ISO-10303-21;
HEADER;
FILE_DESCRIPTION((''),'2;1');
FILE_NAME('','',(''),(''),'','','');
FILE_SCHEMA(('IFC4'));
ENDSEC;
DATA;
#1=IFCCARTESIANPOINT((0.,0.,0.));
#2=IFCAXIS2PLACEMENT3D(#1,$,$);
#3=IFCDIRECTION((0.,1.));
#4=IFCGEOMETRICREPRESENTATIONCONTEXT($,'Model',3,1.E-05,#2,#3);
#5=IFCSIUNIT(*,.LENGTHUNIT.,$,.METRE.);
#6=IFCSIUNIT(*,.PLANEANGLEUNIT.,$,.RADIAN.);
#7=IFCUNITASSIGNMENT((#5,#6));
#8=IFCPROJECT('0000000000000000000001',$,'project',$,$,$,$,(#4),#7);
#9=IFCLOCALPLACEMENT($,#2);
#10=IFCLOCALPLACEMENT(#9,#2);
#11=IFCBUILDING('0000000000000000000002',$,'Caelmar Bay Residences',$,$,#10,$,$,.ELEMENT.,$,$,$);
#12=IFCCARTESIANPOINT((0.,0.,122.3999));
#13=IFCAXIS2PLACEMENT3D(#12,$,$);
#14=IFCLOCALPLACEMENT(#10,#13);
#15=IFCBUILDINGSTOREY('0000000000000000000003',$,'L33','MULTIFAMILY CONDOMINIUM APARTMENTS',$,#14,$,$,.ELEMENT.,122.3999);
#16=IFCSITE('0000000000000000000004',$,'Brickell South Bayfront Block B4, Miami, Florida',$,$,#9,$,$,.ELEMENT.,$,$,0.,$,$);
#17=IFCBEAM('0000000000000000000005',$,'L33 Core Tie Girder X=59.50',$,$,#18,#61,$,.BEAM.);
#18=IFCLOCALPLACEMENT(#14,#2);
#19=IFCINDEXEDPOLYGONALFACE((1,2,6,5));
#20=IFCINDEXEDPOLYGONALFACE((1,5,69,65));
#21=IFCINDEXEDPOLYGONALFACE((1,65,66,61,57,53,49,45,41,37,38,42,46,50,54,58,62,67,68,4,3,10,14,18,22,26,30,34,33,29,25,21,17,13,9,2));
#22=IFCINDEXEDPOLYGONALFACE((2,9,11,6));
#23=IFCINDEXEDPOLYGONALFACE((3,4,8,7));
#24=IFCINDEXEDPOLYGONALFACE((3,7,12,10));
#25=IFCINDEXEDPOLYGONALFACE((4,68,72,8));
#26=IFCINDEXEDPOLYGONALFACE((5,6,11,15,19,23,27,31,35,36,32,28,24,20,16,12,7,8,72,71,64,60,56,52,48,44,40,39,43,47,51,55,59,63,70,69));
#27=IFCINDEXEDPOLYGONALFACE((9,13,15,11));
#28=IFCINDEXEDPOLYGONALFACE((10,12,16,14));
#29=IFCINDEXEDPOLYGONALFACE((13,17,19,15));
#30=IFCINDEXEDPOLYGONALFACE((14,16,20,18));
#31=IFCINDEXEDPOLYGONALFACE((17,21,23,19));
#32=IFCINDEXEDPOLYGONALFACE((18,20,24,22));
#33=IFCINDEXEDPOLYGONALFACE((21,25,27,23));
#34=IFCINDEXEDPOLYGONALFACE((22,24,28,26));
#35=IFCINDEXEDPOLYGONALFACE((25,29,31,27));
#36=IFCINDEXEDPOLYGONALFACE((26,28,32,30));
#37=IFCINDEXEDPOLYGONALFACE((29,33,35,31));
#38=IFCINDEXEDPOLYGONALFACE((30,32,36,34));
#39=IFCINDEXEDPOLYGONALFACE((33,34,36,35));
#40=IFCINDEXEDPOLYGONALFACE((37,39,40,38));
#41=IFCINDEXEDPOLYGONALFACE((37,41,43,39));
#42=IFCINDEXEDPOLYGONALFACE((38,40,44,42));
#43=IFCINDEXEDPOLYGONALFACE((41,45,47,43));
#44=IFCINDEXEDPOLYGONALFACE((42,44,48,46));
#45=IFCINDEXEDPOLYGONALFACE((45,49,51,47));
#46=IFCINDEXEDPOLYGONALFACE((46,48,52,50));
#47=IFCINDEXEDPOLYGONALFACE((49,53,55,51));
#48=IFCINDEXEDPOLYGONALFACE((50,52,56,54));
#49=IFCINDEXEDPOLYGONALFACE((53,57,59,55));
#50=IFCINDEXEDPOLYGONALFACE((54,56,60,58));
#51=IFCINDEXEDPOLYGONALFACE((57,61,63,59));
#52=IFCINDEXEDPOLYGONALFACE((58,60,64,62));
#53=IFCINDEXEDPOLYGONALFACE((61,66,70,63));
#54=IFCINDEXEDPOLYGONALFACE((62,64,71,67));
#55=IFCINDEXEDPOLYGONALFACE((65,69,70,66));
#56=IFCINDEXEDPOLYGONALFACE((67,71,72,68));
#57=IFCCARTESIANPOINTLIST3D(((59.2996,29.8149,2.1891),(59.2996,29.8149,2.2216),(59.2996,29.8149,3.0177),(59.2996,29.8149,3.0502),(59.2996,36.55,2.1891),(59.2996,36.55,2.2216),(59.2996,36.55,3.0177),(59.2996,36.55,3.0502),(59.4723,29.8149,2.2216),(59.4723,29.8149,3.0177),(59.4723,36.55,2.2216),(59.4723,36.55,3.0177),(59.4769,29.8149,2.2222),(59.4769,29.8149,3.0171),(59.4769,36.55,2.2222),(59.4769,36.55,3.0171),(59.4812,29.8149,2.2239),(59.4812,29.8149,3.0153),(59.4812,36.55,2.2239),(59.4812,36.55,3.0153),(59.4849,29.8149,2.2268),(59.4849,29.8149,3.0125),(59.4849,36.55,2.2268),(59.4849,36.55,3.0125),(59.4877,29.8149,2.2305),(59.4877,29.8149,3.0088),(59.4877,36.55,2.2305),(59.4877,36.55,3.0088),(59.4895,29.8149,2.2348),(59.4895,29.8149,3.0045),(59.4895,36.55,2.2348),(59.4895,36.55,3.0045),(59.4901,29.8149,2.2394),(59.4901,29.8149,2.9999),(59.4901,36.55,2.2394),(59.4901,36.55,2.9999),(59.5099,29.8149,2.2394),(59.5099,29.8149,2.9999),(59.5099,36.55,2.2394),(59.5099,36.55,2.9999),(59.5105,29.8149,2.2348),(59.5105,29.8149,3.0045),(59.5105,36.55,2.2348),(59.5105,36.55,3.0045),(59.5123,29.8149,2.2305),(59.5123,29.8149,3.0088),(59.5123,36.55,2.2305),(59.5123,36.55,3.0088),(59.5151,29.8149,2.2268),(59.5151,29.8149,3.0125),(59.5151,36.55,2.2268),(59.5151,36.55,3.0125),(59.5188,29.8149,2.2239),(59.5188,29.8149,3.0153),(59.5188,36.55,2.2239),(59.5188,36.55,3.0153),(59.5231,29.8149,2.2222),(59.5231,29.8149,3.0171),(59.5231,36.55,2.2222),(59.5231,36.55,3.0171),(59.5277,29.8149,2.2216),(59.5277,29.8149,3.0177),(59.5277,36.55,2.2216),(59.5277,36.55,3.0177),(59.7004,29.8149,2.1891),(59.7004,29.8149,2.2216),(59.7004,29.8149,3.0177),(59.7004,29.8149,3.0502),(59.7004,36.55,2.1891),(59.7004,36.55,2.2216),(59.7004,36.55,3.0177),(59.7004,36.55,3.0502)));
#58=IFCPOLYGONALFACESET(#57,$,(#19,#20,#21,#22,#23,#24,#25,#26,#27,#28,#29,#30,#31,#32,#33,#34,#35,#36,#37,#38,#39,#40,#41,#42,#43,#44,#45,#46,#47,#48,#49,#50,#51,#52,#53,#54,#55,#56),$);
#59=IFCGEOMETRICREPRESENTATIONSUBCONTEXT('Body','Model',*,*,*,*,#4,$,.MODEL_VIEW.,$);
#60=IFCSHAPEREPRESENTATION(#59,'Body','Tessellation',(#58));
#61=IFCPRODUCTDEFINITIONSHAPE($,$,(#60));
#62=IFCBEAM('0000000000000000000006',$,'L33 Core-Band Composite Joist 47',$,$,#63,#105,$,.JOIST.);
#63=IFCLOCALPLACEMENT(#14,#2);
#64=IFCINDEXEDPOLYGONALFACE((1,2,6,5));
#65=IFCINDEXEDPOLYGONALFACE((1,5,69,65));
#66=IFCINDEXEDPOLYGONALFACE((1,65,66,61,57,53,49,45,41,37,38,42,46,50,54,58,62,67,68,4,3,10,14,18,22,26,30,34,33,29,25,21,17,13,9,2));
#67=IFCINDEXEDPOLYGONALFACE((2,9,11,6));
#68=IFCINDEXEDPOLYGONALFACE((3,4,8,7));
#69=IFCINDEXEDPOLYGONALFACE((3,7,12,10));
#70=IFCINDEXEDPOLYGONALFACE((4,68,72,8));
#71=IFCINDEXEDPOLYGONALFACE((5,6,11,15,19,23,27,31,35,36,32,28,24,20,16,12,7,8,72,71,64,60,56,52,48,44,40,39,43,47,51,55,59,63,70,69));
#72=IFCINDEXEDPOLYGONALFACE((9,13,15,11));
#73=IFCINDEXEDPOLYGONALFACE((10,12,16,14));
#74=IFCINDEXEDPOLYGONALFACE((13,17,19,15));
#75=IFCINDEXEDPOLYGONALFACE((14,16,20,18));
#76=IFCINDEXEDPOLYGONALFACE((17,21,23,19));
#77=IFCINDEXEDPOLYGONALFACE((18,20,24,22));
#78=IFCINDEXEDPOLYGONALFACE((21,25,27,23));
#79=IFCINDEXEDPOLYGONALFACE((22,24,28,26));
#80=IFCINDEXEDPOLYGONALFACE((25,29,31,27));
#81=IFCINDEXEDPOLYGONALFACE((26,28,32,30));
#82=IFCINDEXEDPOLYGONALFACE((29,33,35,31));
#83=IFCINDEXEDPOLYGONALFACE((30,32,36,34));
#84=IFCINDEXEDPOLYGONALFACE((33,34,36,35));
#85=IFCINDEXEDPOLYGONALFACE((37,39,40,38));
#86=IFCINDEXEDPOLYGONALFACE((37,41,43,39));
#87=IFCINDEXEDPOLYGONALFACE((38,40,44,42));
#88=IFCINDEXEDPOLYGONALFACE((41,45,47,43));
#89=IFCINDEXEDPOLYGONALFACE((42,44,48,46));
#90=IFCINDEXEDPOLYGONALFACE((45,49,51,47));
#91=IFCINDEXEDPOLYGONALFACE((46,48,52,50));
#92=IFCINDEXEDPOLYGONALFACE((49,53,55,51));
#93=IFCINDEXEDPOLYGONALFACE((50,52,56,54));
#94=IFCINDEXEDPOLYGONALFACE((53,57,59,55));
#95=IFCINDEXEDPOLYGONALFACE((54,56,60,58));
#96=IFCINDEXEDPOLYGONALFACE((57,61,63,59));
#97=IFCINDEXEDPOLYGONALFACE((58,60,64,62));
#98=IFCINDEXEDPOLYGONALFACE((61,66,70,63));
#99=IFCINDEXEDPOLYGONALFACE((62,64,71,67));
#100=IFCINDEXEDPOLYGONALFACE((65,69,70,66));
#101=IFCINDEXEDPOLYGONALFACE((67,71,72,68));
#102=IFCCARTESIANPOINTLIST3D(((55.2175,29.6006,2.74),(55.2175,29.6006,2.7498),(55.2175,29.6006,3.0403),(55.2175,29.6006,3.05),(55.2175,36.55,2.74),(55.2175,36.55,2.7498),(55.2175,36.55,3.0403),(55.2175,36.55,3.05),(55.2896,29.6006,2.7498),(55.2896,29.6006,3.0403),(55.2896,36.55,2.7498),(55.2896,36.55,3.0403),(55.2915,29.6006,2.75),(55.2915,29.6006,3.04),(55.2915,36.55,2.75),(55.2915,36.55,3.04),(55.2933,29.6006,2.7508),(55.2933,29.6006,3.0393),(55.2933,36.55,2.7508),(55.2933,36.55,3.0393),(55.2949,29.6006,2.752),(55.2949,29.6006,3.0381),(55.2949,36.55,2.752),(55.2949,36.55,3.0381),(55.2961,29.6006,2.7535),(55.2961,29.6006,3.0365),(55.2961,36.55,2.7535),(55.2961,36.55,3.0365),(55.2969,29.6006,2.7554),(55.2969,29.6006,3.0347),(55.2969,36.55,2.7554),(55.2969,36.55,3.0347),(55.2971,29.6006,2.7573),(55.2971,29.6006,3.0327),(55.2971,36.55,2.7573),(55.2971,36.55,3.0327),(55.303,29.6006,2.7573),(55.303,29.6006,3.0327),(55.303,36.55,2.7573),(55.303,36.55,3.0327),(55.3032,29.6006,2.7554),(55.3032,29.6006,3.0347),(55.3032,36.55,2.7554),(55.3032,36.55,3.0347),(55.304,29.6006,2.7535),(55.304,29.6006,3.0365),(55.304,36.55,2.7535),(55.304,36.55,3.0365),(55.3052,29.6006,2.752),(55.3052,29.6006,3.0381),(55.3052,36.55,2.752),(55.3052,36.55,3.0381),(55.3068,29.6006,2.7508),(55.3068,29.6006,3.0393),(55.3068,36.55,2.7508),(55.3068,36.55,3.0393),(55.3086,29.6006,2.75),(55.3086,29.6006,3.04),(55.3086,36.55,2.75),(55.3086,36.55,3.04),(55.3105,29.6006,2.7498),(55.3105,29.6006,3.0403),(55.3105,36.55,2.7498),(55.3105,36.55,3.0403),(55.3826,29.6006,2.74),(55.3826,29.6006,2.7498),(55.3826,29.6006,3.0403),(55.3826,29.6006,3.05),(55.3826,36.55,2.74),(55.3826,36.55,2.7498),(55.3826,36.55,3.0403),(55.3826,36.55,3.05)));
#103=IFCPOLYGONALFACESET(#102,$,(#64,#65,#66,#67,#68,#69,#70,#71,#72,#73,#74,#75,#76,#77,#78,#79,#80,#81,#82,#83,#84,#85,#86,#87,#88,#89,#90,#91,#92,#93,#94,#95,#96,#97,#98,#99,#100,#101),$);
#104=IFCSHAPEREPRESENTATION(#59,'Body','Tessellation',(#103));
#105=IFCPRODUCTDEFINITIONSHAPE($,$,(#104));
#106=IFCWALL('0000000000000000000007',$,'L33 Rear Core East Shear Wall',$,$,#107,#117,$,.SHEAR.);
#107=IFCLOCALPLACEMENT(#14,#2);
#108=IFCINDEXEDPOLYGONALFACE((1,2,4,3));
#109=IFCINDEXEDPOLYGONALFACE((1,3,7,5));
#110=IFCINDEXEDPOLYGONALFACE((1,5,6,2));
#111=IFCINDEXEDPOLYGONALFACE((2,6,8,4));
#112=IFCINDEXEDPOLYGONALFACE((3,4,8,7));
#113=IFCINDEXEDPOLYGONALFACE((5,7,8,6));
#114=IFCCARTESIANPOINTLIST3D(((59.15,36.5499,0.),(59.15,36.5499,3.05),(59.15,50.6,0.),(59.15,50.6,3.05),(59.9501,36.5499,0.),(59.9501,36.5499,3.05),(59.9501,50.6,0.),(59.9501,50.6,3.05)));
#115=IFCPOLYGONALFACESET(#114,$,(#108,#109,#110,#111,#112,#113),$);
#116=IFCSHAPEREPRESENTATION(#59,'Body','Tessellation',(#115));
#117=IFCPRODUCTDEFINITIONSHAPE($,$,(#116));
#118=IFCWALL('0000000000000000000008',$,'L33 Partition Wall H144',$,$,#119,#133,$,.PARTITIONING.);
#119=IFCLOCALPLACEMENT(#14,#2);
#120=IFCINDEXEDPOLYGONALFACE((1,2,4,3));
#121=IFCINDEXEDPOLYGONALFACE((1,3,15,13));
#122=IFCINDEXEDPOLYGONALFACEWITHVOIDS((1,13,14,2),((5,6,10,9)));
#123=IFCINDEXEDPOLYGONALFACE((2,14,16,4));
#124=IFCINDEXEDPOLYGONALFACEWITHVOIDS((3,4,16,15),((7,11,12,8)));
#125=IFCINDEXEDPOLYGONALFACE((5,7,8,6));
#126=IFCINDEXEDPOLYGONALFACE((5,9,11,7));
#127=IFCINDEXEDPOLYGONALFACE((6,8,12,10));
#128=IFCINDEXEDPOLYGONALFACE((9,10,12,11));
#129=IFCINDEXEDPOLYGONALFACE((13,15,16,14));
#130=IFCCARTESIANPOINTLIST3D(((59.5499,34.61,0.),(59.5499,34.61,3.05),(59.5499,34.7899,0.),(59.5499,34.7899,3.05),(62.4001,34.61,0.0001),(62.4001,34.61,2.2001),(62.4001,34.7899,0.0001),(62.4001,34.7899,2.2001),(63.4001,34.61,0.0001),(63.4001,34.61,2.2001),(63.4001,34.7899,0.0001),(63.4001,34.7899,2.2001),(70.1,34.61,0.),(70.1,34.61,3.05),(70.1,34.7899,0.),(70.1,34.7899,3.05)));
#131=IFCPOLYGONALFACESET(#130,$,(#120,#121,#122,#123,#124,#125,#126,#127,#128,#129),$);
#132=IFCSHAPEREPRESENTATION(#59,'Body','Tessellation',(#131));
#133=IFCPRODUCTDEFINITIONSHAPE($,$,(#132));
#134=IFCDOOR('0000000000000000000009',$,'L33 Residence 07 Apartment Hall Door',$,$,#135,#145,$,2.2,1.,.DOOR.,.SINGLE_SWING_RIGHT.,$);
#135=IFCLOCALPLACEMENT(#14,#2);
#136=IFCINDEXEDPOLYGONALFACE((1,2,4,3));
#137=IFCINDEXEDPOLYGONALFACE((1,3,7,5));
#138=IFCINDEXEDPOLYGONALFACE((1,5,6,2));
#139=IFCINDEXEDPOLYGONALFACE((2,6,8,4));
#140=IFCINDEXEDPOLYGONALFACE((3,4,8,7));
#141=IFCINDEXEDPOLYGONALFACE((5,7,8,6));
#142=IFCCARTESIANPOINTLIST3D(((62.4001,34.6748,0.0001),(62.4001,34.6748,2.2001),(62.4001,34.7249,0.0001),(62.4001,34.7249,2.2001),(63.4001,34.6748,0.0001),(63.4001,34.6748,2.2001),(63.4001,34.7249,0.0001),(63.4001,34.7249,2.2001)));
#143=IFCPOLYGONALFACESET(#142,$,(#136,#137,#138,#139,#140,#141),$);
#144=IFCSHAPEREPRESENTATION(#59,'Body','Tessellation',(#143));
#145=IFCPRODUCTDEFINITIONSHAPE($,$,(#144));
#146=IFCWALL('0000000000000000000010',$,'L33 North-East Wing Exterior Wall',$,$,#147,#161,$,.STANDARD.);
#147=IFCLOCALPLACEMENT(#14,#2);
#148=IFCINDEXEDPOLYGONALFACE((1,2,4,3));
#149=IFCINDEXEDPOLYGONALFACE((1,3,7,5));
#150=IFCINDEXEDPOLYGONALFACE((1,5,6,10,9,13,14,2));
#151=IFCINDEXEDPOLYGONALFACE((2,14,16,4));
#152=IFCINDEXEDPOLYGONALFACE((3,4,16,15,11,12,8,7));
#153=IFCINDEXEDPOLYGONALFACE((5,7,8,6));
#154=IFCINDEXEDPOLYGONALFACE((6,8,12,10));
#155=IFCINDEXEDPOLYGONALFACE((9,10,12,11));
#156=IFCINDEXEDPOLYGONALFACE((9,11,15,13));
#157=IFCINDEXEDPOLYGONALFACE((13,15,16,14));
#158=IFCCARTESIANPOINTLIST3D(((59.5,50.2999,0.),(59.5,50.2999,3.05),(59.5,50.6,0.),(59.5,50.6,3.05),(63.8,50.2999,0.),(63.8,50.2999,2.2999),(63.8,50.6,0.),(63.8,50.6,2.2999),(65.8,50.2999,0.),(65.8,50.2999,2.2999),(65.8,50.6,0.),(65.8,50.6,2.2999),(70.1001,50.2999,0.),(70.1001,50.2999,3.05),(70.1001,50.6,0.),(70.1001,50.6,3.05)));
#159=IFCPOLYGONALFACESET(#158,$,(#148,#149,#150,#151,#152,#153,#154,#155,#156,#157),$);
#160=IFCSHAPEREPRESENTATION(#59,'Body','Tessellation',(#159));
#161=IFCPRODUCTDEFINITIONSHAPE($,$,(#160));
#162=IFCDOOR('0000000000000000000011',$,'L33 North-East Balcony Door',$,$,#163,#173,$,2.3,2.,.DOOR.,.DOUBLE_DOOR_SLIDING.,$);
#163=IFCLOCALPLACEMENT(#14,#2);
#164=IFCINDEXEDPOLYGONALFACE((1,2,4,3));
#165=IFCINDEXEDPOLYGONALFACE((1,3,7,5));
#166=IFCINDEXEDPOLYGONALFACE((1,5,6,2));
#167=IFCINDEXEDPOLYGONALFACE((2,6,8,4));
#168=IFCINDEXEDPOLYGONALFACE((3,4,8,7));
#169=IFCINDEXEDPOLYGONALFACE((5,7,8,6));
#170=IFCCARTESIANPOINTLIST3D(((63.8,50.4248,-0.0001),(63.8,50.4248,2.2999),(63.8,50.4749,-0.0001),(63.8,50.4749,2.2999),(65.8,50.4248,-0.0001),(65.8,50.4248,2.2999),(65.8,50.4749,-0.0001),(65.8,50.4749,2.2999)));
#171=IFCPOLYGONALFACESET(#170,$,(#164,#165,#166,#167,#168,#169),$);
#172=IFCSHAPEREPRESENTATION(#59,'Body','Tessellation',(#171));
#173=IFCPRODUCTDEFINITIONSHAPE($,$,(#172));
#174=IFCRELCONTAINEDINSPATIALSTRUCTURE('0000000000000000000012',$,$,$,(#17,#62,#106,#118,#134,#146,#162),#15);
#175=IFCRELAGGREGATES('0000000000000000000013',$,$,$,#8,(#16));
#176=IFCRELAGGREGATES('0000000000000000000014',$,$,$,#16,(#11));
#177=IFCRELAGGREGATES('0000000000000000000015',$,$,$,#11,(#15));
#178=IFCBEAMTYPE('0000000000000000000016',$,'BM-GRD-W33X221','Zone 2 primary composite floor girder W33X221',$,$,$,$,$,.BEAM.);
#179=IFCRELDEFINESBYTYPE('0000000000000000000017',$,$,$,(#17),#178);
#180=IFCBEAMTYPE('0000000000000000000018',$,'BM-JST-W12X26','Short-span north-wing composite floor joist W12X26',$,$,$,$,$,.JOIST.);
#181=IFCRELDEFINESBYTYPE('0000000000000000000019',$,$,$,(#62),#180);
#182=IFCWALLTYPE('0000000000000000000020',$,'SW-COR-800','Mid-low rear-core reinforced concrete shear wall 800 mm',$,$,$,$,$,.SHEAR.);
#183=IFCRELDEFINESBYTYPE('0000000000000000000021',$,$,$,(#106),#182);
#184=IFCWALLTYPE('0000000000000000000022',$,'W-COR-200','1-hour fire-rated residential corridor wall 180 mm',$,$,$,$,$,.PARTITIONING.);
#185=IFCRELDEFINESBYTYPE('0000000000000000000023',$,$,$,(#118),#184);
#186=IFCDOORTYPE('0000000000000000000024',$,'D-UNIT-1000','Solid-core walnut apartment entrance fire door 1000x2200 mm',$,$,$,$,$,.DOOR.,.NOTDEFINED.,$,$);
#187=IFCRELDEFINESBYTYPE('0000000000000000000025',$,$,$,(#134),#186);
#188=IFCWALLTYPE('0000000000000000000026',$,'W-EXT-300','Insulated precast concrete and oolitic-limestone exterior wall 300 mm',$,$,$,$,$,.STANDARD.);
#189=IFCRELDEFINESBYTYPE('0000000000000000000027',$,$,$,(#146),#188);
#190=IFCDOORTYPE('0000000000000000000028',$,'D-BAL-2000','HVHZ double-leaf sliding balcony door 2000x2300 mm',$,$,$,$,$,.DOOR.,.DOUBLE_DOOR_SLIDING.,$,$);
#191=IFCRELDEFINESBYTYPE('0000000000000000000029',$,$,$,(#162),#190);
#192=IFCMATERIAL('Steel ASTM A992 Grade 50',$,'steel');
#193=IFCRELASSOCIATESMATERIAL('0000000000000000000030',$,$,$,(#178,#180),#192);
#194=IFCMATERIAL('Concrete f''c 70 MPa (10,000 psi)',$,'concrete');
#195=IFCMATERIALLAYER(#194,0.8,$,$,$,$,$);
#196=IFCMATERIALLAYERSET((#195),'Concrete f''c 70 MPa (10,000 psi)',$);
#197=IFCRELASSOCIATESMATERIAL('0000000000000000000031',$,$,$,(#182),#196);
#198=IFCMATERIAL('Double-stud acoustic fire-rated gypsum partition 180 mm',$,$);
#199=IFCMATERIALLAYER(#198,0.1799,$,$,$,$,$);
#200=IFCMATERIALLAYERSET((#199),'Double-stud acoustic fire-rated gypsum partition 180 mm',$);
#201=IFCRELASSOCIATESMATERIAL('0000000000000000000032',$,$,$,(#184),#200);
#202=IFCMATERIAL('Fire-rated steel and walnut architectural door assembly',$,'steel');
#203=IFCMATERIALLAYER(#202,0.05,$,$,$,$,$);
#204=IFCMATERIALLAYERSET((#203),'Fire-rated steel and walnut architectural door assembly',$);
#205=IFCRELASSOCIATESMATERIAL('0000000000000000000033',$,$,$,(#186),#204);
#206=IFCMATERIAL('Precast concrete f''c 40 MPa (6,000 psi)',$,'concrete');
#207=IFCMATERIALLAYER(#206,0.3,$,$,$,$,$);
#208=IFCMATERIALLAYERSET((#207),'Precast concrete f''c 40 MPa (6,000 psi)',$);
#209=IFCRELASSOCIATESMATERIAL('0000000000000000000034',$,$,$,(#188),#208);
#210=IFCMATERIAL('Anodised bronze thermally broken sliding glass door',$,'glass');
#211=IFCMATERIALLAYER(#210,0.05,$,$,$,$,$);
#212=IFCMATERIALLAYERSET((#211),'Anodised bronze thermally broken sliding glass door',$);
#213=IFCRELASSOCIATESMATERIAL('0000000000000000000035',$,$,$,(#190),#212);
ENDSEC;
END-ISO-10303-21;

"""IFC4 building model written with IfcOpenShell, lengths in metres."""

from ifc_helpers import new_model, si_unit, direction, frame, frame_2d, origin, origin_2d, place, context, subcontext, project, spatial, rectangle, i_section, extrude, material, layer, layer_set, material_profile, profile_set, type_object, element, fill, save


model = new_model("IFC4")

# Units and contexts
model_context = context("Model", 3, precision=1e-05, world=origin(), true_north=direction((0.0, 1.0)))
body_context = subcontext(model_context, "Body", "Model", "MODEL_VIEW")
ifc_project = project(units=[si_unit("LENGTHUNIT", "METRE"), si_unit("PLANEANGLEUNIT", "RADIAN")], contexts=[model_context])

# Site, building, storey
site_placement = place(None, origin())
site = spatial("IfcSite", under=ifc_project, at=site_placement, Name="Brickell South Bayfront Block B4, Miami, Florida", CompositionType="ELEMENT", RefElevation=0.0)
building_placement = place(site_placement, origin())
building = spatial("IfcBuilding", under=site, at=building_placement, Name="Caelmar Bay Residences", CompositionType="ELEMENT")
storey_placement = place(building_placement, frame((0.0, 0.0, 122.3999)))
storey = spatial("IfcBuildingStorey", under=building, at=storey_placement, Name="L33", Description="MULTIFAMILY CONDOMINIUM APARTMENTS", CompositionType="ELEMENT", Elevation=122.3999)

# Beams
ifc_material_1 = material(Name="Steel ASTM A992 Grade 50", Category="steel")
ifc_material_profile_1 = material_profile(ifc_material_1, i_section(OverallWidth=0.4009, OverallDepth=0.8611, WebThickness=0.0198, FlangeThickness=0.0325, FilletRadius=0.0178, at=origin_2d()), Name="W33X221")
ifc_profile_set_1 = profile_set([ifc_material_profile_1], Name="Steel ASTM A992 Grade 50")
beam_type_1 = type_object("IfcBeamType", Name="BM-GRD-W33X221", Description="Zone 2 primary composite floor girder W33X221", PredefinedType="BEAM", material=ifc_profile_set_1)
beam_1_placement = place(storey_placement, frame((59.5, 29.8149, 2.6196), z_axis=(0.0, 1.0, 0.0), x_axis=(-1.0, 0.0, 0.0)))
element("IfcBeam", 1, at=beam_1_placement, inside=storey, type_object=beam_type_1, Name="L33 Core Tie Girder X=59.50", PredefinedType="BEAM", context=body_context, shape_type="SweptSolid", body=[
    extrude(i_section(OverallWidth=0.4009, OverallDepth=0.8611, WebThickness=0.0198, FlangeThickness=0.0325, FilletRadius=0.0178, at=origin_2d()), origin(), (0.0, 0.0, 1.0), 6.7351),
])
ifc_material_profile_2 = material_profile(ifc_material_1, i_section(OverallWidth=0.165, OverallDepth=0.3101, WebThickness=0.0059, FlangeThickness=0.0098, FilletRadius=0.0076, at=origin_2d()), Name="W12X26")
ifc_profile_set_2 = profile_set([ifc_material_profile_2], Name="Steel ASTM A992 Grade 50")
beam_type_2 = type_object("IfcBeamType", Name="BM-JST-W12X26", Description="Short-span north-wing composite floor joist W12X26", PredefinedType="JOIST", material=ifc_profile_set_2)
beam_2_placement = place(storey_placement, frame((55.3, 29.6006, 2.895), z_axis=(0.0, 1.0, 0.0), x_axis=(-1.0, 0.0, 0.0)))
element("IfcBeam", 2, at=beam_2_placement, inside=storey, type_object=beam_type_2, Name="L33 Core-Band Composite Joist 47", PredefinedType="JOIST", context=body_context, shape_type="SweptSolid", body=[
    extrude(i_section(OverallWidth=0.165, OverallDepth=0.3101, WebThickness=0.0059, FlangeThickness=0.0098, FilletRadius=0.0076, at=origin_2d()), origin(), (0.0, 0.0, 1.0), 6.9495),
])

# Shared definitions
ifc_material_2 = material(Name="Fire-rated steel and walnut architectural door assembly", Category="steel")

# Wall
ifc_material_3 = material(Name="Concrete f'c 70 MPa (10,000 psi)", Category="concrete")
ifc_layer_1 = layer(ifc_material_3, 0.8)
ifc_layer_set_1 = layer_set([ifc_layer_1], Name="Concrete f'c 70 MPa (10,000 psi)")
wall_type_1 = type_object("IfcWallType", Name="SW-COR-800", Description="Mid-low rear-core reinforced concrete shear wall 800 mm", PredefinedType="SHEAR", material=ifc_layer_set_1)
wall_1_placement = place(storey_placement, frame((59.55, 36.55, 0.0), z_axis=(0.0, 0.0, 1.0), x_axis=(0.0, 1.0, 0.0)))
element("IfcWall", 3, at=wall_1_placement, inside=storey, type_object=wall_type_1, Name="L33 Rear Core East Shear Wall", PredefinedType="SHEAR", context=body_context, shape_type="SweptSolid", body=[
    extrude(rectangle(XDim=14.05, YDim=0.8, at=frame_2d((7.0249, 0.0))), origin(), (0.0, 0.0, 1.0), 3.05),
])

# Walls, openings, doors
ifc_material_4 = material(Name="Double-stud acoustic fire-rated gypsum partition 180 mm")
ifc_layer_2 = layer(ifc_material_4, 0.1799)
ifc_layer_set_2 = layer_set([ifc_layer_2], Name="Double-stud acoustic fire-rated gypsum partition 180 mm")
wall_type_2 = type_object("IfcWallType", Name="W-COR-200", Description="1-hour fire-rated residential corridor wall 180 mm", PredefinedType="PARTITIONING", material=ifc_layer_set_2)
wall_2_placement = place(storey_placement, frame((59.55, 34.7, 0.0), z_axis=(0.0, 0.0, 1.0), x_axis=(1.0, 0.0, 0.0)))
wall_2 = element("IfcWall", 4, at=wall_2_placement, inside=storey, type_object=wall_type_2, Name="L33 Partition Wall H144", PredefinedType="PARTITIONING", context=body_context, shape_type="SweptSolid", body=[
    extrude(rectangle(XDim=10.55, YDim=0.1799, at=frame_2d((5.2749, 0.0))), origin(), (0.0, 0.0, 1.0), 3.05),
])
opening_1_placement = place(wall_2_placement, frame((2.8501, 0.0, 0.0)))
opening_1 = element("IfcOpeningElement", 5, at=opening_1_placement, cuts=wall_2, PredefinedType="OPENING", context=body_context, shape_type="SweptSolid", body=[
    extrude(rectangle(XDim=1.0, YDim=2.2, at=frame_2d((0.5, 1.1001))), frame((0.0, 0.0999, 0.0), z_axis=(0.0, -1.0, 0.0), x_axis=(1.0, 0.0, 0.0)), (0.0, 0.0, 1.0), 0.2),
])
ifc_layer_3 = layer(ifc_material_2, 0.05)
ifc_layer_set_3 = layer_set([ifc_layer_3], Name="Fire-rated steel and walnut architectural door assembly")
door_type_1 = type_object("IfcDoorType", Name="D-UNIT-1000", Description="Solid-core walnut apartment entrance fire door 1000x2200 mm", OperationType="NOTDEFINED", PredefinedType="DOOR", material=ifc_layer_set_3)
door_1_placement = place(opening_1_placement, origin())
door_1 = element("IfcDoor", 6, at=door_1_placement, inside=storey, type_object=door_type_1, Name="L33 Residence 07 Apartment Hall Door", OperationType="SINGLE_SWING_RIGHT", OverallHeight=2.2, OverallWidth=1.0, PredefinedType="DOOR", context=body_context, shape_type="SweptSolid", body=[
    extrude(rectangle(XDim=1.0, YDim=2.2, at=frame_2d((0.5, 1.1001))), frame((0.0, 0.0249, 0.0), z_axis=(0.0, -1.0, 0.0), x_axis=(1.0, 0.0, 0.0)), (0.0, 0.0, 1.0), 0.05),
])
fill(opening_1, door_1)
ifc_material_5 = material(Name="Precast concrete f'c 40 MPa (6,000 psi)", Category="concrete")
ifc_layer_4 = layer(ifc_material_5, 0.3)
ifc_layer_set_4 = layer_set([ifc_layer_4], Name="Precast concrete f'c 40 MPa (6,000 psi)")
wall_type_3 = type_object("IfcWallType", Name="W-EXT-300", Description="Insulated precast concrete and oolitic-limestone exterior wall 300 mm", PredefinedType="STANDARD", material=ifc_layer_set_4)
wall_3_placement = place(storey_placement, frame((59.5, 50.45, 0.0), z_axis=(0.0, 0.0, 1.0), x_axis=(1.0, 0.0, 0.0)))
wall_3 = element("IfcWall", 7, at=wall_3_placement, inside=storey, type_object=wall_type_3, Name="L33 North-East Wing Exterior Wall", PredefinedType="STANDARD", context=body_context, shape_type="SweptSolid", body=[
    extrude(rectangle(XDim=10.6001, YDim=0.3, at=frame_2d((5.3, 0.0))), origin(), (0.0, 0.0, 1.0), 3.05),
])
opening_2_placement = place(wall_3_placement, frame((4.3, 0.0, 0.0)))
opening_2 = element("IfcOpeningElement", 8, at=opening_2_placement, cuts=wall_3, PredefinedType="OPENING", context=body_context, shape_type="SweptSolid", body=[
    extrude(rectangle(XDim=2.0, YDim=2.3, at=frame_2d((1.0, 1.1499))), frame((0.0, 0.1599, 0.0), z_axis=(0.0, -1.0, 0.0), x_axis=(1.0, 0.0, 0.0)), (0.0, 0.0, 1.0), 0.3201),
])
ifc_material_6 = material(Name="Anodised bronze thermally broken sliding glass door", Category="glass")
ifc_layer_5 = layer(ifc_material_6, 0.05)
ifc_layer_set_5 = layer_set([ifc_layer_5], Name="Anodised bronze thermally broken sliding glass door")
door_type_2 = type_object("IfcDoorType", Name="D-BAL-2000", Description="HVHZ double-leaf sliding balcony door 2000x2300 mm", OperationType="DOUBLE_DOOR_SLIDING", PredefinedType="DOOR", material=ifc_layer_set_5)
door_2_placement = place(opening_2_placement, origin())
door_2 = element("IfcDoor", 9, at=door_2_placement, inside=storey, type_object=door_type_2, Name="L33 North-East Balcony Door", OperationType="DOUBLE_DOOR_SLIDING", OverallHeight=2.3, OverallWidth=2.0, PredefinedType="DOOR", context=body_context, shape_type="SweptSolid", body=[
    extrude(rectangle(XDim=2.0, YDim=2.3, at=frame_2d((1.0, 1.1499))), frame((0.0, 0.0249, 0.0), z_axis=(0.0, -1.0, 0.0), x_axis=(1.0, 0.0, 0.0)), (0.0, 0.0, 1.0), 0.05),
])
fill(opening_2, door_2)

save(model, "model.ifc")
